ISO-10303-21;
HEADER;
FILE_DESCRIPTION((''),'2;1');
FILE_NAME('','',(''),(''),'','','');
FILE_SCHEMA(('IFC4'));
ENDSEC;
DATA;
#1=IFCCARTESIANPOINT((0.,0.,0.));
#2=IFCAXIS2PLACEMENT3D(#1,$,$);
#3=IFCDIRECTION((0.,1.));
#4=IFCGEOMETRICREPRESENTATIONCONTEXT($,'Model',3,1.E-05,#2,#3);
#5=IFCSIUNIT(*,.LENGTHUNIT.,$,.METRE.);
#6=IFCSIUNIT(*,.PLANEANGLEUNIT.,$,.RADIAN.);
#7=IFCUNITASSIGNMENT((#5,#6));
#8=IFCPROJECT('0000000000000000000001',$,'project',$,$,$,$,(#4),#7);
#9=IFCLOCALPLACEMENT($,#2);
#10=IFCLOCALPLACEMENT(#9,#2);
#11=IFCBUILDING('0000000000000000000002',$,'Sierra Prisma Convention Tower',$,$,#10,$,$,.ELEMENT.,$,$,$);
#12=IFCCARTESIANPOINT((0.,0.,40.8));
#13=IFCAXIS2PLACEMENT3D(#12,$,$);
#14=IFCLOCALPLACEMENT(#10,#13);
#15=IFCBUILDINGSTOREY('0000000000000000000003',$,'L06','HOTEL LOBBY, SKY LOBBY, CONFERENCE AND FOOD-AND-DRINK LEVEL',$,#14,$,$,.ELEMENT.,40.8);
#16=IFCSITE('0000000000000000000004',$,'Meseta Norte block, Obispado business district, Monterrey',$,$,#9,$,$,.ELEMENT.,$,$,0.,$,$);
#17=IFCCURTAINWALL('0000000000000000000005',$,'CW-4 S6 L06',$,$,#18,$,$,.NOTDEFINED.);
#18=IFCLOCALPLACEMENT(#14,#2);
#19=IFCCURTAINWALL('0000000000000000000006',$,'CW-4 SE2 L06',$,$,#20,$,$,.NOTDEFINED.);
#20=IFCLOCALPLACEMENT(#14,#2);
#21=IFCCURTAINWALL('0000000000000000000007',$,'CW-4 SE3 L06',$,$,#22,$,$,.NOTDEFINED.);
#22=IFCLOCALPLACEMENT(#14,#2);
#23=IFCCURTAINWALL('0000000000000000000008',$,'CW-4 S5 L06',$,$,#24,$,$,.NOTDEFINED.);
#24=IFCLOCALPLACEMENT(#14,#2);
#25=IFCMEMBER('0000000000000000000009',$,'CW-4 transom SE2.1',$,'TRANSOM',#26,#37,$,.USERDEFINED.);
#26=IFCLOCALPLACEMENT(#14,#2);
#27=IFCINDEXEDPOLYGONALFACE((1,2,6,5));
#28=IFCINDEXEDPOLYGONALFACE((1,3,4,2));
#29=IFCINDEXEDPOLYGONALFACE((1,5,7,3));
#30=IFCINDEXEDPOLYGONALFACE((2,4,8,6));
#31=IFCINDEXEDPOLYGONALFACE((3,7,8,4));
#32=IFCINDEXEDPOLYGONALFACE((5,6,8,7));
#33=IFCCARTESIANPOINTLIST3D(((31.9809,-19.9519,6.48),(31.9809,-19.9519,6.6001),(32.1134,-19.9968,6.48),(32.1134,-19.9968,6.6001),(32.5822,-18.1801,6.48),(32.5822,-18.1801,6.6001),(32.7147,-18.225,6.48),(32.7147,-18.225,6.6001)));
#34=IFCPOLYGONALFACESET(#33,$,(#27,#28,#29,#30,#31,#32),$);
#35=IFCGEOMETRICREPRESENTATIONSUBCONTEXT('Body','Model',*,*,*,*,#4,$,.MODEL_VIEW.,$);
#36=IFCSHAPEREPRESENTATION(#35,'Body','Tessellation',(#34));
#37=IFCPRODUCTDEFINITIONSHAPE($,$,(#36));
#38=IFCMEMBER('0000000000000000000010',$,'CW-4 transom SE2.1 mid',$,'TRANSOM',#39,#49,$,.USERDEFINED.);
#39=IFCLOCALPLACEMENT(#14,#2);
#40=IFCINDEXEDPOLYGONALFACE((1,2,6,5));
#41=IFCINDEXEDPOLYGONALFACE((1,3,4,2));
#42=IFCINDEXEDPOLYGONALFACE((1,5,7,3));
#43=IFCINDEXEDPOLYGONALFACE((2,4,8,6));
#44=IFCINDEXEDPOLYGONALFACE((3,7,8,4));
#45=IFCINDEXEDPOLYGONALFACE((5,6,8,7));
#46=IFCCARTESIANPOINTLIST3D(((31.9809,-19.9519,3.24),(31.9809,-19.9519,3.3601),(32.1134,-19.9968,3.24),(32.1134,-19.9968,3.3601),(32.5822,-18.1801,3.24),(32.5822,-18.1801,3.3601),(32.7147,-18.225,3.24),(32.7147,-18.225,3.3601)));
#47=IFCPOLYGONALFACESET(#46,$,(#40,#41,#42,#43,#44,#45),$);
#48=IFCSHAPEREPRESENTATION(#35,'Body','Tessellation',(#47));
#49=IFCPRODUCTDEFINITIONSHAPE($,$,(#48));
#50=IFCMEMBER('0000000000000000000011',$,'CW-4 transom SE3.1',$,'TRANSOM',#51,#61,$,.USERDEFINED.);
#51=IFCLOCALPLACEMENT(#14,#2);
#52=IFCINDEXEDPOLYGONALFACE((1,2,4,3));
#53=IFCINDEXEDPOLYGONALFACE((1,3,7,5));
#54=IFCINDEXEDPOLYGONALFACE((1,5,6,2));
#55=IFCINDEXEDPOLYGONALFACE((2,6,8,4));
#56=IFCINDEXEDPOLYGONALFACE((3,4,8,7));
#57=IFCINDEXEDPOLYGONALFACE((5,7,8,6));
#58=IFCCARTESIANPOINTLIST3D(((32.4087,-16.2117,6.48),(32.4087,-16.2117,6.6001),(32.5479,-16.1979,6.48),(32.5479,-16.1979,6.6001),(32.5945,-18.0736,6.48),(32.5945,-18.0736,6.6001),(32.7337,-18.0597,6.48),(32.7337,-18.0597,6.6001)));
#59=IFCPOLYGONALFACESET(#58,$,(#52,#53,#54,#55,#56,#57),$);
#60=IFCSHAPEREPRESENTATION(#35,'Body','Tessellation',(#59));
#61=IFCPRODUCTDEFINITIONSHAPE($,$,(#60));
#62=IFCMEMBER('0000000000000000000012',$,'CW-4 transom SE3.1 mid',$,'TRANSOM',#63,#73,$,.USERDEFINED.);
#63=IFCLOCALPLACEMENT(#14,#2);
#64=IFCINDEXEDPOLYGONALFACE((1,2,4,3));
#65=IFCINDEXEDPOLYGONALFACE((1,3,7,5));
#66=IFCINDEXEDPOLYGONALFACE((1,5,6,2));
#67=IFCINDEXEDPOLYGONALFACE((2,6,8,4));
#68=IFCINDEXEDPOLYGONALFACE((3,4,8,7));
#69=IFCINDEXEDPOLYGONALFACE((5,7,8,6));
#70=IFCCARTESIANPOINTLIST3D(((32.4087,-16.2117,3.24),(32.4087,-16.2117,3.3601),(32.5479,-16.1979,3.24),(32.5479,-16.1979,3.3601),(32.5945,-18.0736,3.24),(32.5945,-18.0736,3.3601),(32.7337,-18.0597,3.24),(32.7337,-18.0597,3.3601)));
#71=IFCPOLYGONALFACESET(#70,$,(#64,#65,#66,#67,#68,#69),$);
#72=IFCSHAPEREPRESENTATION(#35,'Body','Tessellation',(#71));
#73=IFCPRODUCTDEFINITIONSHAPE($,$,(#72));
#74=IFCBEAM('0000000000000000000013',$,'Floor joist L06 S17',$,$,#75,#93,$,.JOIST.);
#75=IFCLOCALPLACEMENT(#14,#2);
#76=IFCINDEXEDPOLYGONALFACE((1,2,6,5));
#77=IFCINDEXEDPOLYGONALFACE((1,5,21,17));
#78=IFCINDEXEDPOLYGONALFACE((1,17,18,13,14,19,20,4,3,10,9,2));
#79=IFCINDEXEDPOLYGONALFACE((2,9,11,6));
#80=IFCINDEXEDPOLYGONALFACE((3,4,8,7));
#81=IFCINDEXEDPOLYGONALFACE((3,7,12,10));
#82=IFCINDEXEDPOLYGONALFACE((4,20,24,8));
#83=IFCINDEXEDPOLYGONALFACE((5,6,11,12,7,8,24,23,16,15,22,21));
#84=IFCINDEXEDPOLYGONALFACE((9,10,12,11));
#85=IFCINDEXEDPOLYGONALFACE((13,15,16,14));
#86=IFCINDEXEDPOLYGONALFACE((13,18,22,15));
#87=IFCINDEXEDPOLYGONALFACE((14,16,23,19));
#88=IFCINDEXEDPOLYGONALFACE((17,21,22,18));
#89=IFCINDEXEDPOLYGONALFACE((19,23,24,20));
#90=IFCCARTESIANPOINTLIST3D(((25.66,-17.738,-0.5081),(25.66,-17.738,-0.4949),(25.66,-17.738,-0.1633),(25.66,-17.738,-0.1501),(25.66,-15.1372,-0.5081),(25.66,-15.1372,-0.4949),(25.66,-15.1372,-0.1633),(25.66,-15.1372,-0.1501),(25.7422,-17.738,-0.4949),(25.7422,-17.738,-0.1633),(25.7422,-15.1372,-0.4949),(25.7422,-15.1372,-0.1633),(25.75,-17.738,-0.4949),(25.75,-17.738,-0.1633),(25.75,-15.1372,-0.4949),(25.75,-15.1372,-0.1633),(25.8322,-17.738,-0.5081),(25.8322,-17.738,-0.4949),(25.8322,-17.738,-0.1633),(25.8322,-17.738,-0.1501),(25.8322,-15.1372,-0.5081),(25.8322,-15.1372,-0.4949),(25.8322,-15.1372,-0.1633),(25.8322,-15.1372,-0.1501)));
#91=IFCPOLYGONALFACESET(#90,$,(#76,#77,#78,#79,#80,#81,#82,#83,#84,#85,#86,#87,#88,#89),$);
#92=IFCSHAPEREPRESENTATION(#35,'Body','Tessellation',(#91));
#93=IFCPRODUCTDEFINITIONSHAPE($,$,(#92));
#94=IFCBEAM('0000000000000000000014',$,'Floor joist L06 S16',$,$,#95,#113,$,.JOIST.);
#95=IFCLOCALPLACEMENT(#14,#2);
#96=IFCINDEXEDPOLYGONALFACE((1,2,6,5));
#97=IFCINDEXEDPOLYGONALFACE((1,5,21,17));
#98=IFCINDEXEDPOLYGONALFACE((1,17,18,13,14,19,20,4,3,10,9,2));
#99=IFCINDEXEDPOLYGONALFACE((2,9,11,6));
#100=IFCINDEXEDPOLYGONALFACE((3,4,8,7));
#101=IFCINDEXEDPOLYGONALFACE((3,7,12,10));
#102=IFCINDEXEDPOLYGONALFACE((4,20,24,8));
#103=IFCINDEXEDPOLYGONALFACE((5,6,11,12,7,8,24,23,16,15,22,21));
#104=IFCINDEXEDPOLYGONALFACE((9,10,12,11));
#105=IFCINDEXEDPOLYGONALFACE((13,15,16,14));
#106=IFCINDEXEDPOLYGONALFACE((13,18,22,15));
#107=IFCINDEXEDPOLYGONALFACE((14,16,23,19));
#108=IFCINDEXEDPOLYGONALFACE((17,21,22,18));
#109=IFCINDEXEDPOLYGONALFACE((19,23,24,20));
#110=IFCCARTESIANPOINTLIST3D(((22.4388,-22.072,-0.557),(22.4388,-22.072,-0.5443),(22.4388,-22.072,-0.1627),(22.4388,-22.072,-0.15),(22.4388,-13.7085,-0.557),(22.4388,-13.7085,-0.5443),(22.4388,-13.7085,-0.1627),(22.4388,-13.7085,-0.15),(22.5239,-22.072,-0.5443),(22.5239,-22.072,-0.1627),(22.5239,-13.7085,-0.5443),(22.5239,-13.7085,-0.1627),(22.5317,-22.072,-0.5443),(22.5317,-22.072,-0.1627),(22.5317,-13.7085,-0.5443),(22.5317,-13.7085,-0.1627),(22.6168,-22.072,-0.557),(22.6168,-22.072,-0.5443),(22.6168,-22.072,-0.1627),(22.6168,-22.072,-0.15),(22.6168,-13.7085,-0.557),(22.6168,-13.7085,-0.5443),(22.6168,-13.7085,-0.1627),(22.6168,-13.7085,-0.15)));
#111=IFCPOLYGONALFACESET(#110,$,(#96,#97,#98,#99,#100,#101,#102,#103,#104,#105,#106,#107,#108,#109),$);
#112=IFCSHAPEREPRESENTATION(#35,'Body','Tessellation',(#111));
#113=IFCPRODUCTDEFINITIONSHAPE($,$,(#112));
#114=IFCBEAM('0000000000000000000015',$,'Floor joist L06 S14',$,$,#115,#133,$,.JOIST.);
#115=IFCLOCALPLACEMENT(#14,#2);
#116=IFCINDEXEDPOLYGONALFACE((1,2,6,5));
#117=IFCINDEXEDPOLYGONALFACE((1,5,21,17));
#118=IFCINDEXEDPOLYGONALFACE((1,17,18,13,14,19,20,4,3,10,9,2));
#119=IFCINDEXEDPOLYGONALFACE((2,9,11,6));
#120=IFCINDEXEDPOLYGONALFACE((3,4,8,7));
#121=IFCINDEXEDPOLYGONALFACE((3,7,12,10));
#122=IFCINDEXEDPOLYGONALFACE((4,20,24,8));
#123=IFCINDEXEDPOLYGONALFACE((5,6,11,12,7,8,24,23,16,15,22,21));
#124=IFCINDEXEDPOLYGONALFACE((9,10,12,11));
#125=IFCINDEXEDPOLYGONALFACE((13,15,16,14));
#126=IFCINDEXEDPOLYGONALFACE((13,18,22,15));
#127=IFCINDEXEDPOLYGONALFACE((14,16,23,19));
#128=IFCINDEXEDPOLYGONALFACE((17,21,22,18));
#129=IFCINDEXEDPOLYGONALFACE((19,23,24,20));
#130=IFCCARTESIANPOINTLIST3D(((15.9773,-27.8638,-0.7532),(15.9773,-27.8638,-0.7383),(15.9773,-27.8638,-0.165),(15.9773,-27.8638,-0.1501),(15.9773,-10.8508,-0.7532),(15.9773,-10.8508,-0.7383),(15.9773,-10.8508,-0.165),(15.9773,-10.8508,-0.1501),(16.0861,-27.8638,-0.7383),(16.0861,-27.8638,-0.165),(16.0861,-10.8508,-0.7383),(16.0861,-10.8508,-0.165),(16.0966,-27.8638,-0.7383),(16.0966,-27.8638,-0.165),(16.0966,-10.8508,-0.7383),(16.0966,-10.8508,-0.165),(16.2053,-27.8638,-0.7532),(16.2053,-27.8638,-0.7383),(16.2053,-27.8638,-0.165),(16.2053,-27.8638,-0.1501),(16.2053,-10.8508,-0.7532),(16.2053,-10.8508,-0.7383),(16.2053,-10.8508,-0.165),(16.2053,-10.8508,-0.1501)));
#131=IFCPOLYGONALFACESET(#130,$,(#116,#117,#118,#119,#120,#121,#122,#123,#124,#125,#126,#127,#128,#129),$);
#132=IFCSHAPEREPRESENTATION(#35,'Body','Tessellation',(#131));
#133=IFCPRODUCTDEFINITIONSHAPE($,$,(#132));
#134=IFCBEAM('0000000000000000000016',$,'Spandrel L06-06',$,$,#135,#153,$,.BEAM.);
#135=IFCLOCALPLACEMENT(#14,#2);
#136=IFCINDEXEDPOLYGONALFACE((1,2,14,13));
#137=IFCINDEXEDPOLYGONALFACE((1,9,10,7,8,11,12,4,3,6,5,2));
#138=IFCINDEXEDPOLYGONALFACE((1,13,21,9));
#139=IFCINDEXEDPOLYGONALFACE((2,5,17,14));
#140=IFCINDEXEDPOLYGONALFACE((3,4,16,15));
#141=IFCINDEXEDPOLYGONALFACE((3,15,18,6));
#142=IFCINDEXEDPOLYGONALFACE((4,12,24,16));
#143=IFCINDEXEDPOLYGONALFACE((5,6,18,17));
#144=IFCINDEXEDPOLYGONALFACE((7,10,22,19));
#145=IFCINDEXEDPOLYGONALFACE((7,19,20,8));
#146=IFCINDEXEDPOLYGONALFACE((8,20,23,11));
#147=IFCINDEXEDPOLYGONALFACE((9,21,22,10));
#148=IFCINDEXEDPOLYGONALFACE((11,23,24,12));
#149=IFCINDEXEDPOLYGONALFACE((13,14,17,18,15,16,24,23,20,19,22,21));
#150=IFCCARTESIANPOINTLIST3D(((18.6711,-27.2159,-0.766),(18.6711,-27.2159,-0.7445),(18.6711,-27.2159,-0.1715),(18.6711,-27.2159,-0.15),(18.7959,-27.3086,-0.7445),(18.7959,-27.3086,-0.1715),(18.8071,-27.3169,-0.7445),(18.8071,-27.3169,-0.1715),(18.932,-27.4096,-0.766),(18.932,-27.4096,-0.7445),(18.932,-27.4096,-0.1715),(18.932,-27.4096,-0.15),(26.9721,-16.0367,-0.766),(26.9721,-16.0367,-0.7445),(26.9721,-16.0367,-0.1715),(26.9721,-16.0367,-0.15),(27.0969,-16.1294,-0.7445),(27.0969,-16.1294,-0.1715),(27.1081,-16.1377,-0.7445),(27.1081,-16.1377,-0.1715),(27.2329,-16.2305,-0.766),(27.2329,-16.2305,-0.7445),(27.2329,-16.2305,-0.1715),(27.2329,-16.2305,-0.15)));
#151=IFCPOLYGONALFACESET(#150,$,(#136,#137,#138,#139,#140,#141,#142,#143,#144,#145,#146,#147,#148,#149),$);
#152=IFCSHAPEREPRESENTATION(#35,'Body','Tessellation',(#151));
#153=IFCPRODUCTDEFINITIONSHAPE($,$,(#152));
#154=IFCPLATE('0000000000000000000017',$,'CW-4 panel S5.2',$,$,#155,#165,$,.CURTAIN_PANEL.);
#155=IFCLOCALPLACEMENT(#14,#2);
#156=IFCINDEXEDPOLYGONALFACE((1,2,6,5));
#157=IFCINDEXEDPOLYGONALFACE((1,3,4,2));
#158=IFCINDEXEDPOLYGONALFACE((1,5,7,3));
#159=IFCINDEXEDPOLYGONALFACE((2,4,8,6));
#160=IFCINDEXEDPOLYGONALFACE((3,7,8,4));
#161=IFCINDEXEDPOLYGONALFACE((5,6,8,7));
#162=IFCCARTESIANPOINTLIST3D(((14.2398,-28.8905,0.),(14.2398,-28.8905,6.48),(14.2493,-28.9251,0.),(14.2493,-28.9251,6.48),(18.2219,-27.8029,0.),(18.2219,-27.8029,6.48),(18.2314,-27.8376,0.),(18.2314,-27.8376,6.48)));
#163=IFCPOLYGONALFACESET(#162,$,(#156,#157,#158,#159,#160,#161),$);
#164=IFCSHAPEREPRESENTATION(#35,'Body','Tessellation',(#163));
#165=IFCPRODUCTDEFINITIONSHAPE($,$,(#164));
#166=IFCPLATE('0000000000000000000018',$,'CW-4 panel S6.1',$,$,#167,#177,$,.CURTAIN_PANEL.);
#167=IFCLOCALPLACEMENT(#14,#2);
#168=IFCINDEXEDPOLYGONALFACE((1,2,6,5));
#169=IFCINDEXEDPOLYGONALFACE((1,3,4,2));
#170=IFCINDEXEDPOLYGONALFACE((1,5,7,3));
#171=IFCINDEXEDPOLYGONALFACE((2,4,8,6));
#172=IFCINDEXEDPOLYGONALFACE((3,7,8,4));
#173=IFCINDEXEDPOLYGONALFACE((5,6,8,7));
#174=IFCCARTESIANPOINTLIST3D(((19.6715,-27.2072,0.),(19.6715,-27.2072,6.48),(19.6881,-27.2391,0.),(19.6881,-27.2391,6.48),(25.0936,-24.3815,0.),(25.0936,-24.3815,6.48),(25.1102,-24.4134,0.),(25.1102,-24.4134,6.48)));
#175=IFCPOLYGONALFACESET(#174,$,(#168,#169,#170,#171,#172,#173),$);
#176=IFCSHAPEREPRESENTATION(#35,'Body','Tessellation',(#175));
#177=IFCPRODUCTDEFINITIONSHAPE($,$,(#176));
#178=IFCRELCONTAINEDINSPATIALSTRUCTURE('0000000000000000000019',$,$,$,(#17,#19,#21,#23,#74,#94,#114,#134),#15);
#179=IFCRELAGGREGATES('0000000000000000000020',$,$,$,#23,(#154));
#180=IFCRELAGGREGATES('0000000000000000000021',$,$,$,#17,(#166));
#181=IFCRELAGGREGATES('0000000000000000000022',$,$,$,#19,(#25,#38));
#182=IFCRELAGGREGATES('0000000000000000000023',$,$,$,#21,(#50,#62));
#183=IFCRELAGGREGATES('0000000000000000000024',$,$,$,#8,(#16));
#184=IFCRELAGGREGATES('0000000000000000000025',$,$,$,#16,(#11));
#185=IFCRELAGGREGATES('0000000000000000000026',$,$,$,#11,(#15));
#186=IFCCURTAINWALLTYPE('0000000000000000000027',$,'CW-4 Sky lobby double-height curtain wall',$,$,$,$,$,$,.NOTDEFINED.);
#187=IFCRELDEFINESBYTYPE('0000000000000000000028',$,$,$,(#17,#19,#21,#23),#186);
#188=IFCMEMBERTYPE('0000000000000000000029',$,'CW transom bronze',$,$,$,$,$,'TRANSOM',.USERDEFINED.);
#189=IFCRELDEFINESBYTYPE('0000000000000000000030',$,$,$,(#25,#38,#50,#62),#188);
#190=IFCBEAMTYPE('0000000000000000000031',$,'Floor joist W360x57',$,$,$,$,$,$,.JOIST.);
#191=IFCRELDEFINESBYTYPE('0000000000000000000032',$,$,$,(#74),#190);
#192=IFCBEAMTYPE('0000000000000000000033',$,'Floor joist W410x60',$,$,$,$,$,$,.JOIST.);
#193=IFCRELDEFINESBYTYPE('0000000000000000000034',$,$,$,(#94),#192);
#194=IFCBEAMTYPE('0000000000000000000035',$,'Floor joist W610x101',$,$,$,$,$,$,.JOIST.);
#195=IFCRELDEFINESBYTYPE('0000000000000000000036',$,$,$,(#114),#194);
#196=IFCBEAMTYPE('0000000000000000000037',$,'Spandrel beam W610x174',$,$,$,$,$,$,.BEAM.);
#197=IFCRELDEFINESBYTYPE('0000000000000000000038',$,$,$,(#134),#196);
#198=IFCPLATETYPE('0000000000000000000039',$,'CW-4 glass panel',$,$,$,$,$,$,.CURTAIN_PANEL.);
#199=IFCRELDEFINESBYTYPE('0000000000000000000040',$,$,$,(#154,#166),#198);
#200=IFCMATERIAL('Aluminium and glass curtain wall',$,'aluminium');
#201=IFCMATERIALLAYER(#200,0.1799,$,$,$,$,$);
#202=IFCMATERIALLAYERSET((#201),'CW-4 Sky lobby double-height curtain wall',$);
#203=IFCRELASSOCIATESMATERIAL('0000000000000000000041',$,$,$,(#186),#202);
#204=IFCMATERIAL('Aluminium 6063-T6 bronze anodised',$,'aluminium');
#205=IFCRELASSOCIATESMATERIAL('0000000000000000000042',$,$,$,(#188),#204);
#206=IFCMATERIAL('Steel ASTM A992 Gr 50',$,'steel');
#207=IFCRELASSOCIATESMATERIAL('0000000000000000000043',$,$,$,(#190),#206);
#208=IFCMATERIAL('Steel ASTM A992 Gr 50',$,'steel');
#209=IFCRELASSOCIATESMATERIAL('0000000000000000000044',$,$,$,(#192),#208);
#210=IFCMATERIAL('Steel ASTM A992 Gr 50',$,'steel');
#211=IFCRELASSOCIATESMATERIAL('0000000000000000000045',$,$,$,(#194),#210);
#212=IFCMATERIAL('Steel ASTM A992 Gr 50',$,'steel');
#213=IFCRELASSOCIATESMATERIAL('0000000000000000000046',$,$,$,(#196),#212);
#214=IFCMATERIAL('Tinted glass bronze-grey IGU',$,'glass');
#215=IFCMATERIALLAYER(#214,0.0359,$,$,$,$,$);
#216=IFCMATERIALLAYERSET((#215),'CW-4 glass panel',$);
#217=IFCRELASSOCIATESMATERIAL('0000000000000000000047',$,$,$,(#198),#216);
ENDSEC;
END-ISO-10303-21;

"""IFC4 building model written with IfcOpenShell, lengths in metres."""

from ifc_helpers import new_model, si_unit, direction, frame, origin, origin_2d, place, context, subcontext, project, spatial, rectangle, i_section, extrude, material, layer, layer_set, material_profile, profile_set, type_object, element, aggregate, save


model = new_model("IFC4")

# Units and contexts
model_context = context("Model", 3, precision=1e-05, world=origin(), true_north=direction((0.0, 1.0)))
body_context = subcontext(model_context, "Body", "Model", "MODEL_VIEW")
ifc_project = project(units=[si_unit("LENGTHUNIT", "METRE"), si_unit("PLANEANGLEUNIT", "RADIAN")], contexts=[model_context])

# Site, building, storey
site_placement = place(None, origin())
site = spatial("IfcSite", under=ifc_project, at=site_placement, Name="Meseta Norte block, Obispado business district, Monterrey", CompositionType="ELEMENT", RefElevation=0.0)
building_placement = place(site_placement, origin())
building = spatial("IfcBuilding", under=site, at=building_placement, Name="Sierra Prisma Convention Tower", CompositionType="ELEMENT")
storey_placement = place(building_placement, frame((0.0, 0.0, 40.8)))
storey = spatial("IfcBuildingStorey", under=building, at=storey_placement, Name="L06", Description="HOTEL LOBBY, SKY LOBBY, CONFERENCE AND FOOD-AND-DRINK LEVEL", CompositionType="ELEMENT", Elevation=40.8)

# Curtain wall
ifc_material_1 = material(Name="Aluminium and glass curtain wall", Category="aluminium")
ifc_layer_1 = layer(ifc_material_1, 0.1799)
ifc_layer_set_1 = layer_set([ifc_layer_1], Name="CW-4 Sky lobby double-height curtain wall")
curtain_wall_type = type_object("IfcCurtainWallType", Name="CW-4 Sky lobby double-height curtain wall", PredefinedType="NOTDEFINED", material=ifc_layer_set_1)
curtain_wall_1_placement = place(storey_placement, origin())
curtain_wall_1 = element("IfcCurtainWall", 1, at=curtain_wall_1_placement, inside=storey, type_object=curtain_wall_type, Name="CW-4 S6 L06", PredefinedType="NOTDEFINED")

# Curtain walls
curtain_wall_2_placement = place(storey_placement, origin())
curtain_wall_2 = element("IfcCurtainWall", 2, at=curtain_wall_2_placement, inside=storey, type_object=curtain_wall_type, Name="CW-4 SE2 L06", PredefinedType="NOTDEFINED")
curtain_wall_3_placement = place(storey_placement, origin())
curtain_wall_3 = element("IfcCurtainWall", 3, at=curtain_wall_3_placement, inside=storey, type_object=curtain_wall_type, Name="CW-4 SE3 L06", PredefinedType="NOTDEFINED")

# Curtain wall
curtain_wall_4_placement = place(storey_placement, origin())
curtain_wall_4 = element("IfcCurtainWall", 4, at=curtain_wall_4_placement, inside=storey, type_object=curtain_wall_type, Name="CW-4 S5 L06", PredefinedType="NOTDEFINED")
ifc_material_2 = material(Name="Aluminium 6063-T6 bronze anodised", Category="aluminium")
ifc_material_profile_1 = material_profile(ifc_material_2, rectangle(XDim=0.1399, YDim=0.1201, at=origin_2d()), Name="ALU TRANSOM 120x140")
ifc_profile_set_1 = profile_set([ifc_material_profile_1], Name="Aluminium 6063-T6 bronze anodised")
member_type_1 = type_object("IfcMemberType", Name="CW transom bronze", ElementType="TRANSOM", PredefinedType="USERDEFINED", material=ifc_profile_set_1)

# Members
member_1_placement = place(storey_placement, frame((32.0471, -19.9744, 6.54), z_axis=(0.32139, 0.946947, 0.0), x_axis=(-0.946947, 0.32139, 0.0)))
member_1 = element("IfcMember", 5, at=member_1_placement, type_object=member_type_1, Name="CW-4 transom SE2.1", ObjectType="TRANSOM", PredefinedType="USERDEFINED", context=body_context, shape_type="SweptSolid", body=[
    extrude(rectangle(XDim=0.1399, YDim=0.1201, at=origin_2d()), origin(), (0.0, 0.0, 1.0), 1.8711),
])
member_2_placement = place(storey_placement, frame((32.0471, -19.9744, 3.3), z_axis=(0.32139, 0.946947, 0.0), x_axis=(-0.946947, 0.32139, 0.0)))
member_2 = element("IfcMember", 6, at=member_2_placement, type_object=member_type_1, Name="CW-4 transom SE2.1 mid", ObjectType="TRANSOM", PredefinedType="USERDEFINED", context=body_context, shape_type="SweptSolid", body=[
    extrude(rectangle(XDim=0.1399, YDim=0.1201, at=origin_2d()), origin(), (0.0, 0.0, 1.0), 1.8711),
])
member_3_placement = place(storey_placement, frame((32.6641, -18.0667, 6.54), z_axis=(-0.099297, 0.995058, 0.0), x_axis=(-0.995058, -0.099297, 0.0)))
member_3 = element("IfcMember", 7, at=member_3_placement, type_object=member_type_1, Name="CW-4 transom SE3.1", ObjectType="TRANSOM", PredefinedType="USERDEFINED", context=body_context, shape_type="SweptSolid", body=[
    extrude(rectangle(XDim=0.1399, YDim=0.1201, at=origin_2d()), origin(), (0.0, 0.0, 1.0), 1.8711),
])
member_4_placement = place(storey_placement, frame((32.6641, -18.0667, 3.3), z_axis=(-0.099297, 0.995058, 0.0), x_axis=(-0.995058, -0.099297, 0.0)))
member_4 = element("IfcMember", 8, at=member_4_placement, type_object=member_type_1, Name="CW-4 transom SE3.1 mid", ObjectType="TRANSOM", PredefinedType="USERDEFINED", context=body_context, shape_type="SweptSolid", body=[
    extrude(rectangle(XDim=0.1399, YDim=0.1201, at=origin_2d()), origin(), (0.0, 0.0, 1.0), 1.8711),
])

# Beams
ifc_material_3 = material(Name="Steel ASTM A992 Gr 50", Category="steel")
ifc_material_profile_2 = material_profile(ifc_material_3, i_section(OverallWidth=0.1721, OverallDepth=0.3579, WebThickness=0.0078, FlangeThickness=0.0132, at=origin_2d()), Name="W360x57")
ifc_profile_set_2 = profile_set([ifc_material_profile_2], Name="Steel ASTM A992 Gr 50")
beam_type_1 = type_object("IfcBeamType", Name="Floor joist W360x57", PredefinedType="JOIST", material=ifc_profile_set_2)
beam_1_placement = place(storey_placement, frame((25.7461, -17.738, -0.3291), z_axis=(0.0, 1.0, 0.0), x_axis=(-1.0, 0.0, 0.0)))
element("IfcBeam", 9, at=beam_1_placement, inside=storey, type_object=beam_type_1, Name="Floor joist L06 S17", PredefinedType="JOIST", context=body_context, shape_type="SweptSolid", body=[
    extrude(i_section(OverallWidth=0.1721, OverallDepth=0.3579, WebThickness=0.0078, FlangeThickness=0.0132, at=origin_2d()), origin(), (0.0, 0.0, 1.0), 2.6008),
])
ifc_material_4 = material(Name="Steel ASTM A992 Gr 50", Category="steel")
ifc_material_profile_3 = material_profile(ifc_material_4, i_section(OverallWidth=0.178, OverallDepth=0.407, WebThickness=0.0078, FlangeThickness=0.0127, at=origin_2d()), Name="W410x60")
ifc_profile_set_3 = profile_set([ifc_material_profile_3], Name="Steel ASTM A992 Gr 50")
beam_type_2 = type_object("IfcBeamType", Name="Floor joist W410x60", PredefinedType="JOIST", material=ifc_profile_set_3)
beam_2_placement = place(storey_placement, frame((22.5278, -22.072, -0.3535), z_axis=(0.0, 1.0, 0.0), x_axis=(-1.0, 0.0, 0.0)))
element("IfcBeam", 10, at=beam_2_placement, inside=storey, type_object=beam_type_2, Name="Floor joist L06 S16", PredefinedType="JOIST", context=body_context, shape_type="SweptSolid", body=[
    extrude(i_section(OverallWidth=0.178, OverallDepth=0.407, WebThickness=0.0078, FlangeThickness=0.0127, at=origin_2d()), origin(), (0.0, 0.0, 1.0), 8.3635),
])
ifc_material_5 = material(Name="Steel ASTM A992 Gr 50", Category="steel")
ifc_material_profile_4 = material_profile(ifc_material_5, i_section(OverallWidth=0.228, OverallDepth=0.603, WebThickness=0.0105, FlangeThickness=0.0149, at=origin_2d()), Name="W610x101")
ifc_profile_set_4 = profile_set([ifc_material_profile_4], Name="Steel ASTM A992 Gr 50")
beam_type_3 = type_object("IfcBeamType", Name="Floor joist W610x101", PredefinedType="JOIST", material=ifc_profile_set_4)
beam_3_placement = place(storey_placement, frame((16.0913, -27.8638, -0.4517), z_axis=(0.0, 1.0, 0.0), x_axis=(-1.0, 0.0, 0.0)))
element("IfcBeam", 11, at=beam_3_placement, inside=storey, type_object=beam_type_3, Name="Floor joist L06 S14", PredefinedType="JOIST", context=body_context, shape_type="SweptSolid", body=[
    extrude(i_section(OverallWidth=0.228, OverallDepth=0.603, WebThickness=0.0105, FlangeThickness=0.0149, at=origin_2d()), origin(), (0.0, 0.0, 1.0), 17.0129),
])
ifc_material_6 = material(Name="Steel ASTM A992 Gr 50", Category="steel")
ifc_material_profile_5 = material_profile(ifc_material_6, i_section(OverallWidth=0.325, OverallDepth=0.616, WebThickness=0.0139, FlangeThickness=0.0215, at=origin_2d()), Name="W610x174")
ifc_profile_set_5 = profile_set([ifc_material_profile_5], Name="Steel ASTM A992 Gr 50")
beam_type_4 = type_object("IfcBeamType", Name="Spandrel beam W610x174", PredefinedType="BEAM", material=ifc_profile_set_5)
beam_4_placement = place(storey_placement, frame((18.8015, -27.3127, -0.458), z_axis=(0.596161, 0.802865, 0.0), x_axis=(-0.802865, 0.596161, 0.0)))
element("IfcBeam", 12, at=beam_4_placement, inside=storey, type_object=beam_type_4, Name="Spandrel L06-06", PredefinedType="BEAM", context=body_context, shape_type="SweptSolid", body=[
    extrude(i_section(OverallWidth=0.325, OverallDepth=0.616, WebThickness=0.0139, FlangeThickness=0.0215, at=origin_2d()), origin(), (0.0, 0.0, 1.0), 13.9241),
])

# Plates
ifc_material_7 = material(Name="Tinted glass bronze-grey IGU", Category="glass")
ifc_layer_2 = layer(ifc_material_7, 0.0359)
ifc_layer_set_2 = layer_set([ifc_layer_2], Name="CW-4 glass panel")
plate_type = type_object("IfcPlateType", Name="CW-4 glass panel", PredefinedType="CURTAIN_PANEL", material=ifc_layer_set_2)
plate_1_placement = place(storey_placement, frame((16.2356, -28.364, 0.0), z_axis=(0.0, 0.0, 1.0), x_axis=(0.964671, 0.263456, 0.0)))
plate_1 = element("IfcPlate", 13, at=plate_1_placement, type_object=plate_type, Name="CW-4 panel S5.2", PredefinedType="CURTAIN_PANEL", context=body_context, shape_type="SweptSolid", body=[
    extrude(rectangle(XDim=4.1279, YDim=0.0359, at=origin_2d()), origin(), (0.0, 0.0, 1.0), 6.48),
])
aggregate(curtain_wall_4, [plate_1])
plate_2_placement = place(storey_placement, frame((22.3909, -25.8103, 0.0), z_axis=(0.0, 0.0, 1.0), x_axis=(0.886801, 0.462151, 0.0)))
plate_2 = element("IfcPlate", 14, at=plate_2_placement, type_object=plate_type, Name="CW-4 panel S6.1", PredefinedType="CURTAIN_PANEL", context=body_context, shape_type="SweptSolid", body=[
    extrude(rectangle(XDim=6.1143, YDim=0.0359, at=origin_2d()), origin(), (0.0, 0.0, 1.0), 6.48),
])
aggregate(curtain_wall_1, [plate_2])
aggregate(curtain_wall_2, [member_1, member_2])
aggregate(curtain_wall_3, [member_3, member_4])

save(model, "model.ifc")
